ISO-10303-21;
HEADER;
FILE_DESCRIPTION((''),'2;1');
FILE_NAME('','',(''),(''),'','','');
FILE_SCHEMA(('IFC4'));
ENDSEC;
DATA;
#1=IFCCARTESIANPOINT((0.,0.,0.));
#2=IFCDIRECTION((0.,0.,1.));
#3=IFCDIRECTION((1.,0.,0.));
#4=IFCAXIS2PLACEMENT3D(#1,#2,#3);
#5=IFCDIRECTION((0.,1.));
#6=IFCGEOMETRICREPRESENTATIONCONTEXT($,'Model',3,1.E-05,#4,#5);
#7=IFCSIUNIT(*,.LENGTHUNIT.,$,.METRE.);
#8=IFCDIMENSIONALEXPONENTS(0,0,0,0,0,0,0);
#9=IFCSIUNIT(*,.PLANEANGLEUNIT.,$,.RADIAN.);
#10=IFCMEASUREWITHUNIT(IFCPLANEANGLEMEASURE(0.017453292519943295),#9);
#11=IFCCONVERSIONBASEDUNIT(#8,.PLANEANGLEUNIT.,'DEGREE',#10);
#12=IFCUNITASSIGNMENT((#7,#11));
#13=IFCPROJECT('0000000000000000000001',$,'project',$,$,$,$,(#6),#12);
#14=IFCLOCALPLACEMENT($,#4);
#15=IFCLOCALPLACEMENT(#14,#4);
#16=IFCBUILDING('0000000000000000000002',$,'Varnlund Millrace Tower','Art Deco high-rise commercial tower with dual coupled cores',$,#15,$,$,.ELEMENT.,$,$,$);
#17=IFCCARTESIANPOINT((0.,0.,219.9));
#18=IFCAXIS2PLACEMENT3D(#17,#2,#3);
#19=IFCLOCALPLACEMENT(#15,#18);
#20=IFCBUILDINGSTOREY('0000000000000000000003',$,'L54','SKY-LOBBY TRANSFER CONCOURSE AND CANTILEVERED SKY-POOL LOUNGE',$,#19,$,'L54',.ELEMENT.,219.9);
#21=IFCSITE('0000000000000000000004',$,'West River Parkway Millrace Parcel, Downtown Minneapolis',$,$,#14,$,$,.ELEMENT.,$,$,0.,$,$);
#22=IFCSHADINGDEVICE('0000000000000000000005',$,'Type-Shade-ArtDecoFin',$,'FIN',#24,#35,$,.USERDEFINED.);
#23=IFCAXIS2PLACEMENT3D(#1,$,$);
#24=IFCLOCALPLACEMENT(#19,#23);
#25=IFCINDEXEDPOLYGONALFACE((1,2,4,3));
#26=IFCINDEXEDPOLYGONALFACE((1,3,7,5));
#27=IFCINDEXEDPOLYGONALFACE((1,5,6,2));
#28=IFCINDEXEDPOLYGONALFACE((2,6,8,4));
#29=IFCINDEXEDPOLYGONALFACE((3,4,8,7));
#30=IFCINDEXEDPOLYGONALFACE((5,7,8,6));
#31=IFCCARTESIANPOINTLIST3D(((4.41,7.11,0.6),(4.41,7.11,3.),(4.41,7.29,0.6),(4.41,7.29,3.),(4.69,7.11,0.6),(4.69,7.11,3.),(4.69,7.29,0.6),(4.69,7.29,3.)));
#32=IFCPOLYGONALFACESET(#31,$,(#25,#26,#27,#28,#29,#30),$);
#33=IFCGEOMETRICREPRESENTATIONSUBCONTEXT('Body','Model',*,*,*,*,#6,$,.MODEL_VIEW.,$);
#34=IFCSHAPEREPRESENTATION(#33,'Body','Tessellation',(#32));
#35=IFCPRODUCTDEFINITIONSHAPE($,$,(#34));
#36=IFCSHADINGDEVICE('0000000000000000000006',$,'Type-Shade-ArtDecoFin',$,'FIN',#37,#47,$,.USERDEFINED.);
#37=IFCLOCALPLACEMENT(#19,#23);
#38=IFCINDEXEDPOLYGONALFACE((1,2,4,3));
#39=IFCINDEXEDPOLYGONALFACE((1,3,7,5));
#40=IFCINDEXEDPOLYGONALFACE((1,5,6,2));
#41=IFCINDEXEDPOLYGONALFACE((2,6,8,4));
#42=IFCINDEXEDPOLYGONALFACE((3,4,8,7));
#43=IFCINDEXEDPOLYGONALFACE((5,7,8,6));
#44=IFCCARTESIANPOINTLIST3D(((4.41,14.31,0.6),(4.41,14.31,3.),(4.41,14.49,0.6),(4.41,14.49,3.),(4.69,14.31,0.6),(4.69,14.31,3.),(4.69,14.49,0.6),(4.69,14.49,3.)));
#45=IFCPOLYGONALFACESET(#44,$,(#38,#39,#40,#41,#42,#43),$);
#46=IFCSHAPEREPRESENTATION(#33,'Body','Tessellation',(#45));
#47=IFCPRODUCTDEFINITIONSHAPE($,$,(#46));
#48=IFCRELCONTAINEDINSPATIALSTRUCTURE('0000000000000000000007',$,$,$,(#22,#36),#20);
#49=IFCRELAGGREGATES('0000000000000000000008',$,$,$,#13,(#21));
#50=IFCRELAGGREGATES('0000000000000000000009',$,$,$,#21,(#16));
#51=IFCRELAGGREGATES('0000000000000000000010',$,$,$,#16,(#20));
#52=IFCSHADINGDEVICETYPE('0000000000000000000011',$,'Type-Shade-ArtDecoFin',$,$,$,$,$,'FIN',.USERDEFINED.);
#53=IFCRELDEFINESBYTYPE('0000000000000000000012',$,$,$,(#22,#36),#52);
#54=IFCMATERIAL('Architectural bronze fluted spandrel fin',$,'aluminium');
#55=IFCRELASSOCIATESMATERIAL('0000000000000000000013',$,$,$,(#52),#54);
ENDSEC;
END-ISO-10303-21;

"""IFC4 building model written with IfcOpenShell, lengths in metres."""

from ifc_helpers import new_model, entity, si_unit, converted_unit, direction, frame, origin_with_axes, origin_2d_with_axis, place, context, subcontext, project, spatial, rectangle, extrude, material, type_object, element, save


model = new_model("IFC4")

# Units and contexts
model_context = context("Model", 3, precision=1e-05, world=origin_with_axes(), true_north=direction((0.0, 1.0)))
body_context = subcontext(model_context, "Body", "Model", "MODEL_VIEW")
ifc_project = project(units=[si_unit("LENGTHUNIT", "METRE"), converted_unit("PLANEANGLEUNIT", "DEGREE", entity("IfcPlaneAngleMeasure", 0.017453292519943295), si_unit("PLANEANGLEUNIT", "RADIAN"), dimensions=[0, 0, 0, 0, 0, 0, 0])], contexts=[model_context])

# Site, building, storey
site_placement = place(None, origin_with_axes())
site = spatial("IfcSite", under=ifc_project, at=site_placement, Name="West River Parkway Millrace Parcel, Downtown Minneapolis", CompositionType="ELEMENT", RefElevation=0.0)
building_placement = place(site_placement, origin_with_axes())
building = spatial("IfcBuilding", under=site, at=building_placement, Name="Varnlund Millrace Tower", Description="Art Deco high-rise commercial tower with dual coupled cores", CompositionType="ELEMENT")
storey_placement = place(building_placement, frame((0.0, 0.0, 219.9), z_axis=(0.0, 0.0, 1.0), x_axis=(1.0, 0.0, 0.0)))
storey = spatial("IfcBuildingStorey", under=building, at=storey_placement, Name="L54", Description="SKY-LOBBY TRANSFER CONCOURSE AND CANTILEVERED SKY-POOL LOUNGE", LongName="L54", CompositionType="ELEMENT", Elevation=219.9)

# Shading devices
ifc_material_1 = material(Name="Architectural bronze fluted spandrel fin", Category="aluminium")
shading_device_type = type_object("IfcShadingDeviceType", Name="Type-Shade-ArtDecoFin", ElementType="FIN", PredefinedType="USERDEFINED", material=ifc_material_1)
for number, where, z_axis, x_axis, name in (
    (1, (4.55, 7.2, 0.6), (0.0, 0.0, 1.0), (1.0, 0.0, 0.0), "Type-Shade-ArtDecoFin"),
    (2, (4.55, 14.4, 0.6), (0.0, 0.0, 1.0), (1.0, 0.0, 0.0), "Type-Shade-ArtDecoFin"),
):
    element("IfcShadingDevice", number, at=place(storey_placement, frame(where, z_axis=z_axis, x_axis=x_axis)), inside=storey, type_object=shading_device_type, Name=name, ObjectType="FIN", PredefinedType="USERDEFINED", context=body_context, shape_type="SweptSolid", body=[
        extrude(rectangle(XDim=0.28, YDim=0.18, at=origin_2d_with_axis()), origin_with_axes(), (0.0, 0.0, 1.0), 2.4),
    ])

save(model, "model.ifc")
